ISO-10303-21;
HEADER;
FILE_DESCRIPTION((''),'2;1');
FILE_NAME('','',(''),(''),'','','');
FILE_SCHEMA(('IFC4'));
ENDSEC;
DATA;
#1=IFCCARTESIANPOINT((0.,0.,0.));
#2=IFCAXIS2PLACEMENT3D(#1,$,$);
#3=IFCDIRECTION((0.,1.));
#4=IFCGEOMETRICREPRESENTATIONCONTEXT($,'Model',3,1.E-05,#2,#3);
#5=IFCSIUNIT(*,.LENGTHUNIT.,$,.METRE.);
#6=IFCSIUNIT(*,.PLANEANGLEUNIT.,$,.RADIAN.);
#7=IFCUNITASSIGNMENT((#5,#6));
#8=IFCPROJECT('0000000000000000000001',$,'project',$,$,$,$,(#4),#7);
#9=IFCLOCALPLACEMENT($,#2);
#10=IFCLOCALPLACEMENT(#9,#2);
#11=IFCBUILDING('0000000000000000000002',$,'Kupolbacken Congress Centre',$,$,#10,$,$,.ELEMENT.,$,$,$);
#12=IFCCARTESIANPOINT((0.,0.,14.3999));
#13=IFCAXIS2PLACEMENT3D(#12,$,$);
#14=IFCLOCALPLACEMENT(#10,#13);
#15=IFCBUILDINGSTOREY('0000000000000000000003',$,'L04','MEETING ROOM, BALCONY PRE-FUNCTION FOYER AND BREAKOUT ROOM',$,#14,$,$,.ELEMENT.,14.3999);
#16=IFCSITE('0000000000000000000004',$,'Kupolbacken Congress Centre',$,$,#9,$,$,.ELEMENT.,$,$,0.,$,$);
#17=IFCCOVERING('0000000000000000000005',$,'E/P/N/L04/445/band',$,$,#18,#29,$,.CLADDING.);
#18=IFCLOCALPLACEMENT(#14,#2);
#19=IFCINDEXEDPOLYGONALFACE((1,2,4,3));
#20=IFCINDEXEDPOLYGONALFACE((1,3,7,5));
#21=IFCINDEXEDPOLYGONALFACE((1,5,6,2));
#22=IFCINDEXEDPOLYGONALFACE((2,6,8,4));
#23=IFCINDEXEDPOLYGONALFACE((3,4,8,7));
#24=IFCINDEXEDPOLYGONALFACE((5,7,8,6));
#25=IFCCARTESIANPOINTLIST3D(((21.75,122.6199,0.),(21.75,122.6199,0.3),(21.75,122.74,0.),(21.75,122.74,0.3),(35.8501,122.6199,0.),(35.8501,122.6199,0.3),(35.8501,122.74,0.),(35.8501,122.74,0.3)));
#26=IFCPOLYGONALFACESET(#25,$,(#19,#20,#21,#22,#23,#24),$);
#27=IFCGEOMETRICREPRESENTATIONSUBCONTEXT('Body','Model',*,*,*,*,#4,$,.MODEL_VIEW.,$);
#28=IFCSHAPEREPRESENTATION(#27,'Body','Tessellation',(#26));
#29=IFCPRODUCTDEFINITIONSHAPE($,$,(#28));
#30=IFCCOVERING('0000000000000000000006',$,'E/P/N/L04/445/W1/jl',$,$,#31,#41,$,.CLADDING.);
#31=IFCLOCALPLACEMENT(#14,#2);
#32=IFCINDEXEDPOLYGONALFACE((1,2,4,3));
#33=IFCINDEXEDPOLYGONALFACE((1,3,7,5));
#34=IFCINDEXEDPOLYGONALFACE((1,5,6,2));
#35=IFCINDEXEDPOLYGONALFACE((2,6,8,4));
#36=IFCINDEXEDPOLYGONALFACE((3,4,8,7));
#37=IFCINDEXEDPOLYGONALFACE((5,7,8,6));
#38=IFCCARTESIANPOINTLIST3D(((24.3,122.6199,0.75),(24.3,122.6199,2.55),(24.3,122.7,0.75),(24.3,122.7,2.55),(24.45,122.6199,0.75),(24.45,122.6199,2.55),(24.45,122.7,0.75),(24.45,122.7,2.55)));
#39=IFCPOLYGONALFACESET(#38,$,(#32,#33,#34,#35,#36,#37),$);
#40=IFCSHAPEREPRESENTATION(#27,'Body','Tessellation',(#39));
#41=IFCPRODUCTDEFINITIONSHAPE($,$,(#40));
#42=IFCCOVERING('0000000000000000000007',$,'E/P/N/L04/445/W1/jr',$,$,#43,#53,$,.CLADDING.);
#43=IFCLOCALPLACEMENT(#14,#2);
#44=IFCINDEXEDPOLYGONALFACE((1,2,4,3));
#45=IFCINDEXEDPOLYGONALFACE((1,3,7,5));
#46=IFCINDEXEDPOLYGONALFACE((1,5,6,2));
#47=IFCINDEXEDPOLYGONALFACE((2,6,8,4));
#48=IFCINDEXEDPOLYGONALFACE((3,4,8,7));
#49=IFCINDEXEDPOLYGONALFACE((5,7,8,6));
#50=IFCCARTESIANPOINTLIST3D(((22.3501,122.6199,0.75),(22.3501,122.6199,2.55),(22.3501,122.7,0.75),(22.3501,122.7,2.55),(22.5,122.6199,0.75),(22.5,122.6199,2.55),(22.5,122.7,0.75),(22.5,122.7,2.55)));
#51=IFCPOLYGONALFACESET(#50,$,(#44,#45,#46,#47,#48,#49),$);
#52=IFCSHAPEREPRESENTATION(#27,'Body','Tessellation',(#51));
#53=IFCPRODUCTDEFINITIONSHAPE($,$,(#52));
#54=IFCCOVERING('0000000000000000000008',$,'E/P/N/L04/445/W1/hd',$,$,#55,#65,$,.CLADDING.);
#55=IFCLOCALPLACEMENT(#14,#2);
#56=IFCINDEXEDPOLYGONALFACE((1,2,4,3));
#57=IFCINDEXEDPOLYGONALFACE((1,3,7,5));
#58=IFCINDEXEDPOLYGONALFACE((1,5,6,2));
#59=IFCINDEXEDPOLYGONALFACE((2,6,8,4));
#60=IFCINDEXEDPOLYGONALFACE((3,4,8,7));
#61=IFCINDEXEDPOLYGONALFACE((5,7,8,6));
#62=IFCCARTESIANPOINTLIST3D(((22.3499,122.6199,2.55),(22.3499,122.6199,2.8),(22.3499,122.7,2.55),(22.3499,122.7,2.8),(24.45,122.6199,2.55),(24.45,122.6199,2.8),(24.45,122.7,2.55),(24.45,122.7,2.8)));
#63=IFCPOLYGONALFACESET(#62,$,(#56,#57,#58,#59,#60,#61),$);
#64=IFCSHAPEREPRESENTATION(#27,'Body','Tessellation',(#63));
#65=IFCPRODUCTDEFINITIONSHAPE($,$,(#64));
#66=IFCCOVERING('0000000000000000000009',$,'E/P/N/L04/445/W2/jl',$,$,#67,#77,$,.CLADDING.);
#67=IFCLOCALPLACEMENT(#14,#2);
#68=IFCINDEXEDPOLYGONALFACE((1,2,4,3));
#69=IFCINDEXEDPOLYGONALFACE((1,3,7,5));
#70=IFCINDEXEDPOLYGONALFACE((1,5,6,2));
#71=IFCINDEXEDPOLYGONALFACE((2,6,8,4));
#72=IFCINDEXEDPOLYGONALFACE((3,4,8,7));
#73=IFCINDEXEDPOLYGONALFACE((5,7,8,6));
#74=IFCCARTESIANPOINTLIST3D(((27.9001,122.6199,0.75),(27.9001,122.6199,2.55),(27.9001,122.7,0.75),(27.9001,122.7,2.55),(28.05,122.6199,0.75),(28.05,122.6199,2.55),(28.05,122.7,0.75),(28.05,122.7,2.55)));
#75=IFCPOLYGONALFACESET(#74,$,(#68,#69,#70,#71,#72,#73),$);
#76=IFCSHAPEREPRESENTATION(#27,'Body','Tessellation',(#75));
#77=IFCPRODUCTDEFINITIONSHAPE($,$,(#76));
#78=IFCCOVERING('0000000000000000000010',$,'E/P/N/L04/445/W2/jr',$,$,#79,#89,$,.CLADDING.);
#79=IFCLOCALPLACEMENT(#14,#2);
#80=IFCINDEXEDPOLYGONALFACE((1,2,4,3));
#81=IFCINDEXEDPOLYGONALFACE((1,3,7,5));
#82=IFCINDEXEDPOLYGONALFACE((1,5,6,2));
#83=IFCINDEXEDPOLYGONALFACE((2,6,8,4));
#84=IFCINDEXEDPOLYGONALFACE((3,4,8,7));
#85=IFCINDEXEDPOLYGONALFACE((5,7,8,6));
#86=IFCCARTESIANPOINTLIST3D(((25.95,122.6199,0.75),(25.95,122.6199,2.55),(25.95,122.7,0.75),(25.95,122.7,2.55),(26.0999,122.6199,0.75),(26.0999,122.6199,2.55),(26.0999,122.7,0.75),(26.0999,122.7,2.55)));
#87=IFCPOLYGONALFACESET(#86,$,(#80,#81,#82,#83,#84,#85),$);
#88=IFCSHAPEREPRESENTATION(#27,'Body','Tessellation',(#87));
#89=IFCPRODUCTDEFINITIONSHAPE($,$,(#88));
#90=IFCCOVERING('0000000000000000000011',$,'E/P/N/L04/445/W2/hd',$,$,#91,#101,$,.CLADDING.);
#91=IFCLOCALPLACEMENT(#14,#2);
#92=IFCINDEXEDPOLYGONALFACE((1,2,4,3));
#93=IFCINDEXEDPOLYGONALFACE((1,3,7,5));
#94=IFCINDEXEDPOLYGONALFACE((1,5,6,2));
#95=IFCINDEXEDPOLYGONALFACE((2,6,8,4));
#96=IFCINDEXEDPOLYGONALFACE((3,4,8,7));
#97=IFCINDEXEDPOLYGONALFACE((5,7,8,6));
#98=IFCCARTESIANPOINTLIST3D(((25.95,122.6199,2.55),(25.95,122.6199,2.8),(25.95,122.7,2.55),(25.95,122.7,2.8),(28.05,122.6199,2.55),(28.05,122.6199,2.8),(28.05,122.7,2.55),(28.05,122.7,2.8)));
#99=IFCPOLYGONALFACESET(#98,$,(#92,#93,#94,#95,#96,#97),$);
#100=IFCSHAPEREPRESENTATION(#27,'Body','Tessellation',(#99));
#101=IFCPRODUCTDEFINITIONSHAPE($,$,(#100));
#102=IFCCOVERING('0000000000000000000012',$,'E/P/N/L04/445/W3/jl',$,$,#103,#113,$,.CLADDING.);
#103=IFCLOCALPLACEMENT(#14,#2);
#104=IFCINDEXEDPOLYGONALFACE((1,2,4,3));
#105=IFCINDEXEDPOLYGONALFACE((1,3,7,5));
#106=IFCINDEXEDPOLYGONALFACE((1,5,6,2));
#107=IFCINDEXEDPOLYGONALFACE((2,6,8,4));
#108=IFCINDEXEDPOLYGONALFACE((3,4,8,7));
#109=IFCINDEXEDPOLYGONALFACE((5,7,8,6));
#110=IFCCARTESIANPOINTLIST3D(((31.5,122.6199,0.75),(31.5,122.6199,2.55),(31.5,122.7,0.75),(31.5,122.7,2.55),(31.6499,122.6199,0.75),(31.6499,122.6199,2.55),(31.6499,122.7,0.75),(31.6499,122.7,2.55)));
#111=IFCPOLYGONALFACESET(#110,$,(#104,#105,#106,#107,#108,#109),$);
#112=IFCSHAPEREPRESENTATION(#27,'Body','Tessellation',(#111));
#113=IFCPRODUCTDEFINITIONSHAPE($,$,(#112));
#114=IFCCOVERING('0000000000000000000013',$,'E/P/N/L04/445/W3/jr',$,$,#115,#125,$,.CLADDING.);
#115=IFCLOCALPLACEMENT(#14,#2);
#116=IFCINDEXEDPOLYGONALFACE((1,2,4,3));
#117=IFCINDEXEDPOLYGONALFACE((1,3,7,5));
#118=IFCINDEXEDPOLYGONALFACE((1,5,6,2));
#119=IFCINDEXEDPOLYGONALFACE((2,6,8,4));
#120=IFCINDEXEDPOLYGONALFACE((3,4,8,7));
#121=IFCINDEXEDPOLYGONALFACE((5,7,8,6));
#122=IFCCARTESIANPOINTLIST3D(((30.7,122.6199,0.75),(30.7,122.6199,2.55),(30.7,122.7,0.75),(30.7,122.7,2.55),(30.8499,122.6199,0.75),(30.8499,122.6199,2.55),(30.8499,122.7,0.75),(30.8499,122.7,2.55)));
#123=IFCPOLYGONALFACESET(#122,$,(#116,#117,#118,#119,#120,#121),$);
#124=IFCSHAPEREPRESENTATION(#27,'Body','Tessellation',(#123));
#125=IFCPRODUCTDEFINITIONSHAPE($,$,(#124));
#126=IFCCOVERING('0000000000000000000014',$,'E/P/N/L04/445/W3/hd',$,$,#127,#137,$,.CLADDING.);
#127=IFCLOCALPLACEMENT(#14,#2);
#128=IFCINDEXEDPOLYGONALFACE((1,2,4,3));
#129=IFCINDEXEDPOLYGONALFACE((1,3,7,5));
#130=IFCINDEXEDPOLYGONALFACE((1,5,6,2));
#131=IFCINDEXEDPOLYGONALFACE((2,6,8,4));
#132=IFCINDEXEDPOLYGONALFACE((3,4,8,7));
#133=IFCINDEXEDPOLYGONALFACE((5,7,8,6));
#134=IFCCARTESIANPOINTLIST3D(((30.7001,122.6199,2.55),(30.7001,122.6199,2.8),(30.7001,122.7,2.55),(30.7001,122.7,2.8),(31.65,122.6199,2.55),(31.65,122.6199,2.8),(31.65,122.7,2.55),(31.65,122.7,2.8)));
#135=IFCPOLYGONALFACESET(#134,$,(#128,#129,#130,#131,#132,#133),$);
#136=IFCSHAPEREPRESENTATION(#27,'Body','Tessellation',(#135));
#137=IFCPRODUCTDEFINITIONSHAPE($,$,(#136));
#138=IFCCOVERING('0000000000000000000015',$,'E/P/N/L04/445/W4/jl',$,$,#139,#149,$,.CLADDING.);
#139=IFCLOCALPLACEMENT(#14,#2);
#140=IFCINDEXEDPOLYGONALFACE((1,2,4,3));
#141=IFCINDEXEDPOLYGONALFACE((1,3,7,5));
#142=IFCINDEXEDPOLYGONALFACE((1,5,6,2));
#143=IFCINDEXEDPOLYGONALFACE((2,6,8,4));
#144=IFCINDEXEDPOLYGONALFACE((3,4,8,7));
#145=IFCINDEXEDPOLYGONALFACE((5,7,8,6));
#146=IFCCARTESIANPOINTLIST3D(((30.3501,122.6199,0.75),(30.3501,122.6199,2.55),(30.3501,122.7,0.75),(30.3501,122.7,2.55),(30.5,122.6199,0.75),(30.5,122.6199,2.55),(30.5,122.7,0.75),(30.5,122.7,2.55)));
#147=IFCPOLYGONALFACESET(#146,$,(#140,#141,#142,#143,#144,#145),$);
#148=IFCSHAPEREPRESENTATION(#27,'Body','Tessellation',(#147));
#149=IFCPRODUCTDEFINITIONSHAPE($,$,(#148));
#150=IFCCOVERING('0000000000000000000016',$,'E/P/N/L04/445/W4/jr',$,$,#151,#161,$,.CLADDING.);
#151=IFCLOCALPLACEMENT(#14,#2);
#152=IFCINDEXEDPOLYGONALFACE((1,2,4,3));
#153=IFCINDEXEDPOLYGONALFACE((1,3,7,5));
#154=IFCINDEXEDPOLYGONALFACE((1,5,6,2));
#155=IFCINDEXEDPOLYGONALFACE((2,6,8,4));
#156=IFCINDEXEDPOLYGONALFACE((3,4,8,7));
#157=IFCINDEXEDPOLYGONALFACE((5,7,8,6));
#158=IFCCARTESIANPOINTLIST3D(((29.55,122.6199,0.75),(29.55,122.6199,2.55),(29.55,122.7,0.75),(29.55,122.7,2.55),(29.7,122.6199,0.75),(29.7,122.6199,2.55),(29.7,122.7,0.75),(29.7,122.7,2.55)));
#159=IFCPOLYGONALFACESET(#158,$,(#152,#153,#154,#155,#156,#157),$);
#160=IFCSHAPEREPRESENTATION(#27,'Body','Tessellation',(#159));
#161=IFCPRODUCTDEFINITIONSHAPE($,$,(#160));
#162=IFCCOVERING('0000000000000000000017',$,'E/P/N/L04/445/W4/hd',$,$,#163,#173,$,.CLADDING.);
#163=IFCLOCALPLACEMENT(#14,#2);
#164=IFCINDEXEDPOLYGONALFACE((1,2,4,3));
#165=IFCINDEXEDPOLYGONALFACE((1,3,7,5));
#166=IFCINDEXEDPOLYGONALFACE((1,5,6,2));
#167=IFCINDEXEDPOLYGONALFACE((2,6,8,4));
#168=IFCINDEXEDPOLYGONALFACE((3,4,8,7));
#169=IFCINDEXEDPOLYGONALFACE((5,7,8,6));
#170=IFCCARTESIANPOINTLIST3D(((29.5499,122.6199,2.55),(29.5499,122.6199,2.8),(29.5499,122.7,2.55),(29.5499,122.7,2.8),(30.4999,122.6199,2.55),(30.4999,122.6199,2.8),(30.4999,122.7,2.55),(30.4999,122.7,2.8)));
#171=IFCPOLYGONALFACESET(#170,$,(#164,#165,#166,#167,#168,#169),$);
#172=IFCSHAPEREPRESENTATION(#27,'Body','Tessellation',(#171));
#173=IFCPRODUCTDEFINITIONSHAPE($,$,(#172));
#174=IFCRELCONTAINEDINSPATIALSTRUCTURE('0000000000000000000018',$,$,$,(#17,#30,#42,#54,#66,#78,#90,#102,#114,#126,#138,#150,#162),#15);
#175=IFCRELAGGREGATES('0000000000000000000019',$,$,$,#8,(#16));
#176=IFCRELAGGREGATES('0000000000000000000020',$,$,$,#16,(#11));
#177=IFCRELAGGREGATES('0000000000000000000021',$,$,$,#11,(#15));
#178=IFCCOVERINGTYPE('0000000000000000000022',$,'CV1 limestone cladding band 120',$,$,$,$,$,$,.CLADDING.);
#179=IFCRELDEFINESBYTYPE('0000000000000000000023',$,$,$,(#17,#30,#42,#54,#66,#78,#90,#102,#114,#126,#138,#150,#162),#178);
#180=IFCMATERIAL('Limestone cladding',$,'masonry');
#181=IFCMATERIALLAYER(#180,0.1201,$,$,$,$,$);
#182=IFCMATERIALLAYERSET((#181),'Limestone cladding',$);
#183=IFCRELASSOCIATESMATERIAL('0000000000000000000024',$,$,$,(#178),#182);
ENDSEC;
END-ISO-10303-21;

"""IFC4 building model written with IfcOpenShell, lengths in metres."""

from ifc_helpers import new_model, si_unit, direction, frame, origin, origin_2d, place, context, subcontext, project, spatial, rectangle, extrude, material, layer, layer_set, type_object, element, save


model = new_model("IFC4")

# Units and contexts
model_context = context("Model", 3, precision=1e-05, world=origin(), true_north=direction((0.0, 1.0)))
body_context = subcontext(model_context, "Body", "Model", "MODEL_VIEW")
ifc_project = project(units=[si_unit("LENGTHUNIT", "METRE"), si_unit("PLANEANGLEUNIT", "RADIAN")], contexts=[model_context])

# Site, building, storey
site_placement = place(None, origin())
site = spatial("IfcSite", under=ifc_project, at=site_placement, Name="Kupolbacken Congress Centre", CompositionType="ELEMENT", RefElevation=0.0)
building_placement = place(site_placement, origin())
building = spatial("IfcBuilding", under=site, at=building_placement, Name="Kupolbacken Congress Centre", CompositionType="ELEMENT")
storey_placement = place(building_placement, frame((0.0, 0.0, 14.3999)))
storey = spatial("IfcBuildingStorey", under=building, at=storey_placement, Name="L04", Description="MEETING ROOM, BALCONY PRE-FUNCTION FOYER AND BREAKOUT ROOM", CompositionType="ELEMENT", Elevation=14.3999)

# Coverings
ifc_material_1 = material(Name="Limestone cladding", Category="masonry")
ifc_layer_1 = layer(ifc_material_1, 0.1201)
ifc_layer_set_1 = layer_set([ifc_layer_1], Name="Limestone cladding")
covering_type = type_object("IfcCoveringType", Name="CV1 limestone cladding band 120", PredefinedType="CLADDING", material=ifc_layer_set_1)
covering_1_placement = place(storey_placement, frame((28.8, 122.6799, 0.0), z_axis=(0.0, 0.0, 1.0), x_axis=(-1.0, 0.0, 0.0)))
element("IfcCovering", 1, at=covering_1_placement, inside=storey, type_object=covering_type, Name="E/P/N/L04/445/band", PredefinedType="CLADDING", context=body_context, shape_type="SweptSolid", body=[
    extrude(rectangle(XDim=14.1001, YDim=0.1201, at=origin_2d()), origin(), (0.0, 0.0, 1.0), 0.3),
])
for number, where, z_axis, x_axis, name in (
    (2, (24.375, 122.6599, 0.75), (0.0, 0.0, 1.0), (-1.0, 0.0, 0.0), "E/P/N/L04/445/W1/jl"),
    (3, (22.425, 122.6599, 0.75), (0.0, 0.0, 1.0), (-1.0, 0.0, 0.0), "E/P/N/L04/445/W1/jr"),
):
    element("IfcCovering", number, at=place(storey_placement, frame(where, z_axis=z_axis, x_axis=x_axis)), inside=storey, type_object=covering_type, Name=name, PredefinedType="CLADDING", context=body_context, shape_type="SweptSolid", body=[
        extrude(rectangle(XDim=0.1499, YDim=0.0801, at=origin_2d()), origin(), (0.0, 0.0, 1.0), 1.8),
    ])
covering_2_placement = place(storey_placement, frame((23.3999, 122.6599, 2.55), z_axis=(0.0, 0.0, 1.0), x_axis=(-1.0, 0.0, 0.0)))
element("IfcCovering", 4, at=covering_2_placement, inside=storey, type_object=covering_type, Name="E/P/N/L04/445/W1/hd", PredefinedType="CLADDING", context=body_context, shape_type="SweptSolid", body=[
    extrude(rectangle(XDim=2.1001, YDim=0.0801, at=origin_2d()), origin(), (0.0, 0.0, 1.0), 0.25),
])
for number, where, z_axis, x_axis, name in (
    (5, (27.9751, 122.6599, 0.75), (0.0, 0.0, 1.0), (-1.0, 0.0, 0.0), "E/P/N/L04/445/W2/jl"),
    (6, (26.0249, 122.6599, 0.75), (0.0, 0.0, 1.0), (-1.0, 0.0, 0.0), "E/P/N/L04/445/W2/jr"),
):
    element("IfcCovering", number, at=place(storey_placement, frame(where, z_axis=z_axis, x_axis=x_axis)), inside=storey, type_object=covering_type, Name=name, PredefinedType="CLADDING", context=body_context, shape_type="SweptSolid", body=[
        extrude(rectangle(XDim=0.1499, YDim=0.0801, at=origin_2d()), origin(), (0.0, 0.0, 1.0), 1.8),
    ])
covering_3_placement = place(storey_placement, frame((27.0, 122.6599, 2.55), z_axis=(0.0, 0.0, 1.0), x_axis=(-1.0, 0.0, 0.0)))
element("IfcCovering", 7, at=covering_3_placement, inside=storey, type_object=covering_type, Name="E/P/N/L04/445/W2/hd", PredefinedType="CLADDING", context=body_context, shape_type="SweptSolid", body=[
    extrude(rectangle(XDim=2.1001, YDim=0.0801, at=origin_2d()), origin(), (0.0, 0.0, 1.0), 0.25),
])
for number, where, z_axis, x_axis, name in (
    (8, (31.575, 122.6599, 0.75), (0.0, 0.0, 1.0), (-1.0, 0.0, 0.0), "E/P/N/L04/445/W3/jl"),
    (9, (30.7749, 122.6599, 0.75), (0.0, 0.0, 1.0), (-1.0, 0.0, 0.0), "E/P/N/L04/445/W3/jr"),
):
    element("IfcCovering", number, at=place(storey_placement, frame(where, z_axis=z_axis, x_axis=x_axis)), inside=storey, type_object=covering_type, Name=name, PredefinedType="CLADDING", context=body_context, shape_type="SweptSolid", body=[
        extrude(rectangle(XDim=0.1499, YDim=0.0801, at=origin_2d()), origin(), (0.0, 0.0, 1.0), 1.8),
    ])
covering_4_placement = place(storey_placement, frame((31.175, 122.6599, 2.55), z_axis=(0.0, 0.0, 1.0), x_axis=(-1.0, 0.0, 0.0)))
element("IfcCovering", 10, at=covering_4_placement, inside=storey, type_object=covering_type, Name="E/P/N/L04/445/W3/hd", PredefinedType="CLADDING", context=body_context, shape_type="SweptSolid", body=[
    extrude(rectangle(XDim=0.95, YDim=0.0801, at=origin_2d()), origin(), (0.0, 0.0, 1.0), 0.25),
])
for number, where, z_axis, x_axis, name in (
    (11, (30.425, 122.6599, 0.75), (0.0, 0.0, 1.0), (-1.0, 0.0, 0.0), "E/P/N/L04/445/W4/jl"),
    (12, (29.625, 122.6599, 0.75), (0.0, 0.0, 1.0), (-1.0, 0.0, 0.0), "E/P/N/L04/445/W4/jr"),
):
    element("IfcCovering", number, at=place(storey_placement, frame(where, z_axis=z_axis, x_axis=x_axis)), inside=storey, type_object=covering_type, Name=name, PredefinedType="CLADDING", context=body_context, shape_type="SweptSolid", body=[
        extrude(rectangle(XDim=0.1499, YDim=0.0801, at=origin_2d()), origin(), (0.0, 0.0, 1.0), 1.8),
    ])
covering_5_placement = place(storey_placement, frame((30.0249, 122.6599, 2.55), z_axis=(0.0, 0.0, 1.0), x_axis=(-1.0, 0.0, 0.0)))
element("IfcCovering", 13, at=covering_5_placement, inside=storey, type_object=covering_type, Name="E/P/N/L04/445/W4/hd", PredefinedType="CLADDING", context=body_context, shape_type="SweptSolid", body=[
    extrude(rectangle(XDim=0.95, YDim=0.0801, at=origin_2d()), origin(), (0.0, 0.0, 1.0), 0.25),
])

save(model, "model.ifc")
